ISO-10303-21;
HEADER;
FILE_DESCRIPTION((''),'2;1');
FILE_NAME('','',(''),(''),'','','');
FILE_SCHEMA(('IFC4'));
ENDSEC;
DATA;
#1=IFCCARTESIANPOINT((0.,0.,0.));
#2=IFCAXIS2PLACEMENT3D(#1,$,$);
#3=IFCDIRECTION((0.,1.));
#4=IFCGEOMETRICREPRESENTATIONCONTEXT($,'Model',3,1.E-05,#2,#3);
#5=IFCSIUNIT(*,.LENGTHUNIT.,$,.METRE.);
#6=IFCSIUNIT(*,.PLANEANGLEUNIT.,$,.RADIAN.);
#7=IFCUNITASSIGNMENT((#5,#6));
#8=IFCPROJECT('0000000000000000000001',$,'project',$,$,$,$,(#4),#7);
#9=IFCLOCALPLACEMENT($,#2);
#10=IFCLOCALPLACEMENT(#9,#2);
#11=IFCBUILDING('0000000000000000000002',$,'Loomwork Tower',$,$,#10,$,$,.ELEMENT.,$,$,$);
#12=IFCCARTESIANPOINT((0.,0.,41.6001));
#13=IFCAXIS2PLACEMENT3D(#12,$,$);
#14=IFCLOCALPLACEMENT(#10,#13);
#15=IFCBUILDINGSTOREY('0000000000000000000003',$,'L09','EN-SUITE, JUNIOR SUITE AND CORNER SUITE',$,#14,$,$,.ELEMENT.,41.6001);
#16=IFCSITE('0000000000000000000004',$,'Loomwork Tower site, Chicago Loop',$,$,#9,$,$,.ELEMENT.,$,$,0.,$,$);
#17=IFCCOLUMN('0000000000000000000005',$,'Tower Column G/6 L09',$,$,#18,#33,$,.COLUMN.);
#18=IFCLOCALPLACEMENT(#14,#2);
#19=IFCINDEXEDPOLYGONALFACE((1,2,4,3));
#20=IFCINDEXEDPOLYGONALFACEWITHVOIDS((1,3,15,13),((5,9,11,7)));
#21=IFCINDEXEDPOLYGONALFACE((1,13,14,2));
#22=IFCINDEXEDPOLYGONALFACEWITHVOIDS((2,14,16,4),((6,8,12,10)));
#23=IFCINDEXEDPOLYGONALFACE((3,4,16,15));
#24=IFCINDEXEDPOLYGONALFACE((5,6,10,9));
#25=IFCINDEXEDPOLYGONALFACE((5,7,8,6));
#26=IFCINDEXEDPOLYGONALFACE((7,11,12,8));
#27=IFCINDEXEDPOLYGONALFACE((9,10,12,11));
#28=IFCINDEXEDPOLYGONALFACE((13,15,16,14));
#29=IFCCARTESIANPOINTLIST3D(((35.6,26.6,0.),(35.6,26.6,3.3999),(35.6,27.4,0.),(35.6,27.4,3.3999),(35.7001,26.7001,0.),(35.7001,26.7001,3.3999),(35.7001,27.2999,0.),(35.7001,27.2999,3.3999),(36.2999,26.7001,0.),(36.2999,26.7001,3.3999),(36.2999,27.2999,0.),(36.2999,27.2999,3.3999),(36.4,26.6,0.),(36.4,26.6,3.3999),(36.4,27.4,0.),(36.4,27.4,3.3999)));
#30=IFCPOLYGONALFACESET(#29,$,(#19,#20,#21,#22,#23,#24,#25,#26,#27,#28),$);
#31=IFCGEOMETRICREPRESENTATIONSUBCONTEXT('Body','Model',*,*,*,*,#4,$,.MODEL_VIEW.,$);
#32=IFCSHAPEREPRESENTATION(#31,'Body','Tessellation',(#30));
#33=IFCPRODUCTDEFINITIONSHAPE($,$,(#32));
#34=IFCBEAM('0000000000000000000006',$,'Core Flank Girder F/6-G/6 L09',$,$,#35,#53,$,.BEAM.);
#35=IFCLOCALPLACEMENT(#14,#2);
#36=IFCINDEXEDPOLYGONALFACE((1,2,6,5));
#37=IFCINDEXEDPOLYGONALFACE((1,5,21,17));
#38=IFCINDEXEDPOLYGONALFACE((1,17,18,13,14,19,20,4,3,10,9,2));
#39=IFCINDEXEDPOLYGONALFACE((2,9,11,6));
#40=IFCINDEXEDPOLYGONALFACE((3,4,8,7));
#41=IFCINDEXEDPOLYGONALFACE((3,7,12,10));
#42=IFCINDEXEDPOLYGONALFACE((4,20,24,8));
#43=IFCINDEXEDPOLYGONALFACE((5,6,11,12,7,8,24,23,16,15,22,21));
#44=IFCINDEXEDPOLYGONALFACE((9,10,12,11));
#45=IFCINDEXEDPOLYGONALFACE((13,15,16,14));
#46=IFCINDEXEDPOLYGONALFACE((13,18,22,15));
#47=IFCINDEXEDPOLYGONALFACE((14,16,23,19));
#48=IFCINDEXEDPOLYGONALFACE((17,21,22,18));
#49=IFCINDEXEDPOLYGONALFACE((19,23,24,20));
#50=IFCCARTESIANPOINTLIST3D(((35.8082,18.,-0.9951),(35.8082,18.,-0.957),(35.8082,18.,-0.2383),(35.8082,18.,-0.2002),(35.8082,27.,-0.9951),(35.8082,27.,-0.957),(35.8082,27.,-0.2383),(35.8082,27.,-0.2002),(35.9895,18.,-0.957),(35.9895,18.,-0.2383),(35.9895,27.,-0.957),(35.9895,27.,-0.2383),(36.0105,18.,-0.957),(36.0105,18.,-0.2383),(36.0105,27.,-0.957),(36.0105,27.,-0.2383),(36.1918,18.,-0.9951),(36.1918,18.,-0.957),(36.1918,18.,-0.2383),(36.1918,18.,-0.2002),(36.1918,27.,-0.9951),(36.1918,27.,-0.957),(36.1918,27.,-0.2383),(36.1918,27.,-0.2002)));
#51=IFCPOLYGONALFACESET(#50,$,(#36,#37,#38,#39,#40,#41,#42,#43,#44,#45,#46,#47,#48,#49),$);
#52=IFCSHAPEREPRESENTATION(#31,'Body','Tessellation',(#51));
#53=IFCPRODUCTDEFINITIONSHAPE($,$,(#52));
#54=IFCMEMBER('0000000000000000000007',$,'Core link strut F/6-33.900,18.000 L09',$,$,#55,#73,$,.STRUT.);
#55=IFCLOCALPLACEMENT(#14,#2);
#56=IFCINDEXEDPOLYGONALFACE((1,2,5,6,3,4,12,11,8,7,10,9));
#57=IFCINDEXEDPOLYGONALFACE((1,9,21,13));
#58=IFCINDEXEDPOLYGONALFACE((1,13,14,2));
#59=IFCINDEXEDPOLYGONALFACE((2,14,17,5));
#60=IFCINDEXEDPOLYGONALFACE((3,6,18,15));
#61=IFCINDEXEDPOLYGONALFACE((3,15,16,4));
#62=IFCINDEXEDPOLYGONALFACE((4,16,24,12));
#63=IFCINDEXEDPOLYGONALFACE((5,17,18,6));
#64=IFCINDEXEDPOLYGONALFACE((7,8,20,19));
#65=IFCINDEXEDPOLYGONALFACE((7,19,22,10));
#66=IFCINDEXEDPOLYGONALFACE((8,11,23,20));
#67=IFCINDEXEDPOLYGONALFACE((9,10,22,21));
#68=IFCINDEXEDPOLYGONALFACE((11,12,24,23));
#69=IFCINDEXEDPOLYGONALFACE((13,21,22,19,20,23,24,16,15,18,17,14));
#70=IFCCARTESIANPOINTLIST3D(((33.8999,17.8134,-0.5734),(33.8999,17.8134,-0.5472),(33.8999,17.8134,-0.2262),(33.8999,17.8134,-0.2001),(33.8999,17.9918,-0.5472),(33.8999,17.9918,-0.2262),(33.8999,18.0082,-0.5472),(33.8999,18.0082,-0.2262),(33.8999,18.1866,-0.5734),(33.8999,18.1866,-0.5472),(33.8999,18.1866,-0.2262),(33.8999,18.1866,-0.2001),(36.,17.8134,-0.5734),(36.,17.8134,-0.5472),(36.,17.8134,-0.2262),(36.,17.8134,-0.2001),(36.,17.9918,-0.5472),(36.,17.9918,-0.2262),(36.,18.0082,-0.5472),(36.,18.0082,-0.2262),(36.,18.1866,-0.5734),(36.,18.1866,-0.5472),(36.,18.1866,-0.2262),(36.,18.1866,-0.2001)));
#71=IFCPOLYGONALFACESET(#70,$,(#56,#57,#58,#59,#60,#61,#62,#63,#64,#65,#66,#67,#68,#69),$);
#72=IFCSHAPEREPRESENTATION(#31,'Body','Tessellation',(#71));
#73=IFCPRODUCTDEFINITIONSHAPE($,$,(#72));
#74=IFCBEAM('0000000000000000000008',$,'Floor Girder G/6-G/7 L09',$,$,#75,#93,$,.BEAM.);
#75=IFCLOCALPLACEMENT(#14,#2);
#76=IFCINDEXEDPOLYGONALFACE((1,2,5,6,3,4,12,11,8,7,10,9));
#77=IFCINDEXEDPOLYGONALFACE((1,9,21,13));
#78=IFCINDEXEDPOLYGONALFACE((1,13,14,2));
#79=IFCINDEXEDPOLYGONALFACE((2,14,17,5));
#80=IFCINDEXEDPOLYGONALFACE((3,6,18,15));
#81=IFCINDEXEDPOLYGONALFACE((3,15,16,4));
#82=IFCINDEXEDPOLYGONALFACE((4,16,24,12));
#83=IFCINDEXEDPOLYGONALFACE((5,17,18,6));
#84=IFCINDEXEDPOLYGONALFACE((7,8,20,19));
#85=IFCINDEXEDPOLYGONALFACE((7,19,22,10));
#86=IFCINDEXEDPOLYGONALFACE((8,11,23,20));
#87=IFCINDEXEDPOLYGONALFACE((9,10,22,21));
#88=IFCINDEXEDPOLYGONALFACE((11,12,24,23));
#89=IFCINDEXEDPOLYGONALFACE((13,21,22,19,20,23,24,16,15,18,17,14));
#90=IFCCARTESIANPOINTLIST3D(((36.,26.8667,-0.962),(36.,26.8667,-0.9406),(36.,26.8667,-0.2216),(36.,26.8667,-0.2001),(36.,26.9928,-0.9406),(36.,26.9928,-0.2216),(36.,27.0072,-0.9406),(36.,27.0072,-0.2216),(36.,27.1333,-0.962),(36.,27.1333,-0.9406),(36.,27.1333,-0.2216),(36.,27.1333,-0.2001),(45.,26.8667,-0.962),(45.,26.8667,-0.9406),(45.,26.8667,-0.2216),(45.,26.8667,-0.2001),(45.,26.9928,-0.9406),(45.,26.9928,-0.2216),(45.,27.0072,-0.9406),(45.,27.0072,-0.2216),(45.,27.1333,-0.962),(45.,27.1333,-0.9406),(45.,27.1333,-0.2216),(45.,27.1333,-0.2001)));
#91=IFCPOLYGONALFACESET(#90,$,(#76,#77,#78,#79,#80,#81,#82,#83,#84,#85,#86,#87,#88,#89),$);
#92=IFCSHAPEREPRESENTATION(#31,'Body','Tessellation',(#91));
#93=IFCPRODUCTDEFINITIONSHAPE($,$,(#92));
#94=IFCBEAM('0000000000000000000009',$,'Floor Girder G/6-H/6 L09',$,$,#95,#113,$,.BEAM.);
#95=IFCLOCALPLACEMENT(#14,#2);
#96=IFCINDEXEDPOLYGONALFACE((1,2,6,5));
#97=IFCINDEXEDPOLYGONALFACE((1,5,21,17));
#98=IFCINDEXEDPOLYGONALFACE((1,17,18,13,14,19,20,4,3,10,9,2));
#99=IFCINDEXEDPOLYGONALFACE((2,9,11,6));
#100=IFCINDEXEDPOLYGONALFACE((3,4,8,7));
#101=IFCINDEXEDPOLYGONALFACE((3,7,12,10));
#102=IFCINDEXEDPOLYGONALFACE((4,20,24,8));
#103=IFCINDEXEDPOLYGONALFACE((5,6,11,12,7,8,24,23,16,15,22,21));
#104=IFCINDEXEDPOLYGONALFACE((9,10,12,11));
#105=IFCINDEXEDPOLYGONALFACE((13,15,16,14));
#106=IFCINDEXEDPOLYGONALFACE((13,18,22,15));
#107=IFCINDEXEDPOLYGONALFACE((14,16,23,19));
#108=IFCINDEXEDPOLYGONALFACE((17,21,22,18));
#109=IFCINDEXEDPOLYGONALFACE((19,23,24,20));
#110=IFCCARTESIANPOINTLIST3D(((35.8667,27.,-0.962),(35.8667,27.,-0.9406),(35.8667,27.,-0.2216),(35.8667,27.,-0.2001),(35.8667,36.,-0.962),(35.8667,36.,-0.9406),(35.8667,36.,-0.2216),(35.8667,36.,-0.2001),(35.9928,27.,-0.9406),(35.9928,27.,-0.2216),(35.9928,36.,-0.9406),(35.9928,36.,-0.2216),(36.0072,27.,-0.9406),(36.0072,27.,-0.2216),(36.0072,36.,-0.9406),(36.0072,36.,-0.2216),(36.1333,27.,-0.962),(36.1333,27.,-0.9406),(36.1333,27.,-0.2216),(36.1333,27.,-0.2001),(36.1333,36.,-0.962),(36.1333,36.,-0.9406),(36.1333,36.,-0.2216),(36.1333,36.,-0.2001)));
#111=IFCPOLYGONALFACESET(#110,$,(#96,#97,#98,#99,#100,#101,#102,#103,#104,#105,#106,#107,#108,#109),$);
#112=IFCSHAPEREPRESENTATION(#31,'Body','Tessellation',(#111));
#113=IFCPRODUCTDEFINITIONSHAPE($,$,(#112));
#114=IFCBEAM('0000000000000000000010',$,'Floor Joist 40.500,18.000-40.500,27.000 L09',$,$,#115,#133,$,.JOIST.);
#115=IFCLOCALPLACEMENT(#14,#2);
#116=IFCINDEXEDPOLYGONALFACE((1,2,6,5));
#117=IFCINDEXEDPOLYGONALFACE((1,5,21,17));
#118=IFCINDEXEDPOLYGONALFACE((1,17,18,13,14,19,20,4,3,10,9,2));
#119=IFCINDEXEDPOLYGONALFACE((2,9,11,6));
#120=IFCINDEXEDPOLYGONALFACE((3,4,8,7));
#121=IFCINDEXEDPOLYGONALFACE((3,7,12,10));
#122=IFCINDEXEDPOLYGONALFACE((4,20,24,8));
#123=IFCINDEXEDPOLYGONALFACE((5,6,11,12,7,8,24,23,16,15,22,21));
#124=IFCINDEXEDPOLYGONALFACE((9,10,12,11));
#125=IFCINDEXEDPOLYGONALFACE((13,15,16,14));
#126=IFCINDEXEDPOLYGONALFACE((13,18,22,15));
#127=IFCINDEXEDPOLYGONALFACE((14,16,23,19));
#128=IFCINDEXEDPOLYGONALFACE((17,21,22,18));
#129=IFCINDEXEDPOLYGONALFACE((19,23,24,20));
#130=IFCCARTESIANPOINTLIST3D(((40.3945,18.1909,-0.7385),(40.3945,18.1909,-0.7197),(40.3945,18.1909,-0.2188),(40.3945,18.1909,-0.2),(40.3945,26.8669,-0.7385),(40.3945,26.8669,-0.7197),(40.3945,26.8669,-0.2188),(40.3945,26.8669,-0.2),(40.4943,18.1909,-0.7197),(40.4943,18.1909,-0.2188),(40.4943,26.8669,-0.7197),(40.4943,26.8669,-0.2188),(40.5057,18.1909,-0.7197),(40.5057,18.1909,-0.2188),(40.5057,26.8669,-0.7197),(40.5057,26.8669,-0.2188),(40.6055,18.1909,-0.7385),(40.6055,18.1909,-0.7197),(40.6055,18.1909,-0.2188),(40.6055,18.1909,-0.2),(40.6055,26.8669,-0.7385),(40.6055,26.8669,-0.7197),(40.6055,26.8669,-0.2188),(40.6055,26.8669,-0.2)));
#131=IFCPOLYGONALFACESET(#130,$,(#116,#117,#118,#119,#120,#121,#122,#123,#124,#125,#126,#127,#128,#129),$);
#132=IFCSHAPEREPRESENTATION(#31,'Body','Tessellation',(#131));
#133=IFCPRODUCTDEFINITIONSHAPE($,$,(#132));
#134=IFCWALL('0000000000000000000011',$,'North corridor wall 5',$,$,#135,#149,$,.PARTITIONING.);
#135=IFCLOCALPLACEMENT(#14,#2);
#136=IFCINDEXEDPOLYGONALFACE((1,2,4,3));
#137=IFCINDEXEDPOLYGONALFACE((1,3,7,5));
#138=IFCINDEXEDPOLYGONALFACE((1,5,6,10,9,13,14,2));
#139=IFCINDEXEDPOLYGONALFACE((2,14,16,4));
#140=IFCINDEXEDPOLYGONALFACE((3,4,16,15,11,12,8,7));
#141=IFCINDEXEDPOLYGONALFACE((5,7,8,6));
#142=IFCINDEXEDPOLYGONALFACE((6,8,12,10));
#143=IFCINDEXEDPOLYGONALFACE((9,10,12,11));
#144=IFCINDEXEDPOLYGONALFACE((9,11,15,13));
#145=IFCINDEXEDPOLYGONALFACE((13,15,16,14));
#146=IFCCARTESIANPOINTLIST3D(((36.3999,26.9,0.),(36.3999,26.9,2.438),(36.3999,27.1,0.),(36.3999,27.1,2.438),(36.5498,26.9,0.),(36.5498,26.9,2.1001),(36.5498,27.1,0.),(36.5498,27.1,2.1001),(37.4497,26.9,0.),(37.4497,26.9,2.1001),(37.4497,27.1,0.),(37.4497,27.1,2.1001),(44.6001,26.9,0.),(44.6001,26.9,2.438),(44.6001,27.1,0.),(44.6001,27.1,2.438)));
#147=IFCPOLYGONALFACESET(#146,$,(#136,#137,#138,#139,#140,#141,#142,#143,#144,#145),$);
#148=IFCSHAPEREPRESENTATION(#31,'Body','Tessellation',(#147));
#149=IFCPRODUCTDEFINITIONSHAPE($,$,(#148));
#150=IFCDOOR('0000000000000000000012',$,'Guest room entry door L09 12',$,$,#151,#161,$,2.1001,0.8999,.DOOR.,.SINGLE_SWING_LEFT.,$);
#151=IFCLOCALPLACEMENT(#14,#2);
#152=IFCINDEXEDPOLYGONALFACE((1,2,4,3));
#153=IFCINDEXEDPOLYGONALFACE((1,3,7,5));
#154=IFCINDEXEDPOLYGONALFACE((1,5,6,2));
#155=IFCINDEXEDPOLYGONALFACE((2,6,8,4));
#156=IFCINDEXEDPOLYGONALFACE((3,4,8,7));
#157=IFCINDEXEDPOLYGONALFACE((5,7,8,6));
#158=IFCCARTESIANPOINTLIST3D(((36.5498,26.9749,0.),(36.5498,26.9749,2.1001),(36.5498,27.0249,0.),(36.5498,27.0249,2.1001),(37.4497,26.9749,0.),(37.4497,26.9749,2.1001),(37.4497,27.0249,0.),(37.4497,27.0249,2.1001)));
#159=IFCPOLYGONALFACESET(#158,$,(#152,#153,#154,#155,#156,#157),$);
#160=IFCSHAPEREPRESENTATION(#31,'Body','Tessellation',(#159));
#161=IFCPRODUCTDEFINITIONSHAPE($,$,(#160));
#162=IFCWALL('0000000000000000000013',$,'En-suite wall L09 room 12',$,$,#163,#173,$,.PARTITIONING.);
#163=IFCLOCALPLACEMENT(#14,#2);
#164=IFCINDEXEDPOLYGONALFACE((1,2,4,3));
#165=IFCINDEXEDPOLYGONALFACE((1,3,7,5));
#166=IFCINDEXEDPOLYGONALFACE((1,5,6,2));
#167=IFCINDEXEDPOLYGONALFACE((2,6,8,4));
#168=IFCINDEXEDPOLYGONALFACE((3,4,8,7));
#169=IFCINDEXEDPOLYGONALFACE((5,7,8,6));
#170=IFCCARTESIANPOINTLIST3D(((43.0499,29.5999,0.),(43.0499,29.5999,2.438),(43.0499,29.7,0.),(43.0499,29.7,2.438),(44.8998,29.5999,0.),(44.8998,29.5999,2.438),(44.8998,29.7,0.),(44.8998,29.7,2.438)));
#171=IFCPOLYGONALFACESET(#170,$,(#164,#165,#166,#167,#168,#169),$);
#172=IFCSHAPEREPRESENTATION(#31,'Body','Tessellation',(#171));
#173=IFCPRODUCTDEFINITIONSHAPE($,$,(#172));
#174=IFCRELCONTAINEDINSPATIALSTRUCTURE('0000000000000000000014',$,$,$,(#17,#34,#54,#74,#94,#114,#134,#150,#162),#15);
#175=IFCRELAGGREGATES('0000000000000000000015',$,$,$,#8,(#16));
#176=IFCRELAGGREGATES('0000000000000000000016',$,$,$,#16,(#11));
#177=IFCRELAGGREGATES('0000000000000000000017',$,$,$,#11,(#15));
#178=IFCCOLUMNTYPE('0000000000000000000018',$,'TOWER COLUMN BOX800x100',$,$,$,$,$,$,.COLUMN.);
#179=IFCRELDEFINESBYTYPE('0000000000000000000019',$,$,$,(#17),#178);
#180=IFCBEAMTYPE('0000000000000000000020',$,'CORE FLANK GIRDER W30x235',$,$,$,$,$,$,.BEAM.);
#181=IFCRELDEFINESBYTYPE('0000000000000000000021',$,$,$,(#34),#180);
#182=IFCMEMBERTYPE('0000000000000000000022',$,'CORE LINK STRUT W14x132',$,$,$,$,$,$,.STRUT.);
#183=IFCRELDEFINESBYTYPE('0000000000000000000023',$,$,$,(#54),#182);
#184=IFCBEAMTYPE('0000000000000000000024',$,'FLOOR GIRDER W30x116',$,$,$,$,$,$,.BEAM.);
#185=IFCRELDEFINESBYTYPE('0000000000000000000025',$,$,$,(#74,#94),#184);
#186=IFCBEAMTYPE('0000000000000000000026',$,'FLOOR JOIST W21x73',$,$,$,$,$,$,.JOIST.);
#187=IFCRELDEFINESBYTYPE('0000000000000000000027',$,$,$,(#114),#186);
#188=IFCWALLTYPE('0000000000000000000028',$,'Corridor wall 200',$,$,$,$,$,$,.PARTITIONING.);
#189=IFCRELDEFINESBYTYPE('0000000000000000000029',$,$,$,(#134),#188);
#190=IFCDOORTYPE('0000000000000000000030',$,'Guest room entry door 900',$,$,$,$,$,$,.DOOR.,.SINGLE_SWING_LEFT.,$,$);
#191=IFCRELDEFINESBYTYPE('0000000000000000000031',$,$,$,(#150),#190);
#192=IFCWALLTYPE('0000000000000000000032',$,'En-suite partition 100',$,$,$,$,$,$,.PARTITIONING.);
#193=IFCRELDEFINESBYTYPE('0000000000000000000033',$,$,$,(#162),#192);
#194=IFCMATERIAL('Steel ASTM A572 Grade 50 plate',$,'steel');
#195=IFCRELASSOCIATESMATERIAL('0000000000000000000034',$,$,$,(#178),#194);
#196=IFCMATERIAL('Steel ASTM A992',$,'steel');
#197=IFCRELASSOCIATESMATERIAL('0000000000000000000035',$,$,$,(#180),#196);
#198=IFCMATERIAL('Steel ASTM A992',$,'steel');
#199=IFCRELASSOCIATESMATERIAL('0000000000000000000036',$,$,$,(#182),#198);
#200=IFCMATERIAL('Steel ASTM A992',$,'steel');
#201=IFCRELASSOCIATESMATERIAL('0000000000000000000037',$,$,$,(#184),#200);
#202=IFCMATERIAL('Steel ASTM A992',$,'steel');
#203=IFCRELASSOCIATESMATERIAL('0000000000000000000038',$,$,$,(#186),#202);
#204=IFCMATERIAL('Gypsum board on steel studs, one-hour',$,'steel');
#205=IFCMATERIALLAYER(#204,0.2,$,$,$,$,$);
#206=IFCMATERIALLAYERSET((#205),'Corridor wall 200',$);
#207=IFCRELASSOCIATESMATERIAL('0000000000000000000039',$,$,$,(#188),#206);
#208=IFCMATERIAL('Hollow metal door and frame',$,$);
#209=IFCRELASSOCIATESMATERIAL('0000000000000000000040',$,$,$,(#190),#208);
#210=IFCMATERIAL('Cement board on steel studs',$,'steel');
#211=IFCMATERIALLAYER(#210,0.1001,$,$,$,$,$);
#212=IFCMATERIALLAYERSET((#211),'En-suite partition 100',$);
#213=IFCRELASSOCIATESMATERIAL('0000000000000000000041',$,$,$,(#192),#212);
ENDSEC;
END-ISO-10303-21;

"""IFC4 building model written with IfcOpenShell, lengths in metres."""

from ifc_helpers import new_model, si_unit, direction, frame, frame_2d, origin, origin_2d, place, context, subcontext, project, spatial, rectangle, hollow_rectangle, i_section, extrude, material, layer, layer_set, material_profile, profile_set, type_object, element, fill, save


model = new_model("IFC4")

# Units and contexts
model_context = context("Model", 3, precision=1e-05, world=origin(), true_north=direction((0.0, 1.0)))
body_context = subcontext(model_context, "Body", "Model", "MODEL_VIEW")
ifc_project = project(units=[si_unit("LENGTHUNIT", "METRE"), si_unit("PLANEANGLEUNIT", "RADIAN")], contexts=[model_context])

# Site, building, storey
site_placement = place(None, origin())
site = spatial("IfcSite", under=ifc_project, at=site_placement, Name="Loomwork Tower site, Chicago Loop", CompositionType="ELEMENT", RefElevation=0.0)
building_placement = place(site_placement, origin())
building = spatial("IfcBuilding", under=site, at=building_placement, Name="Loomwork Tower", CompositionType="ELEMENT")
storey_placement = place(building_placement, frame((0.0, 0.0, 41.6001)))
storey = spatial("IfcBuildingStorey", under=building, at=storey_placement, Name="L09", Description="EN-SUITE, JUNIOR SUITE AND CORNER SUITE", CompositionType="ELEMENT", Elevation=41.6001)

# Column
ifc_material_1 = material(Name="Steel ASTM A572 Grade 50 plate", Category="steel")
ifc_material_profile_1 = material_profile(ifc_material_1, hollow_rectangle(XDim=0.8, YDim=0.8, WallThickness=0.1001, at=origin_2d()), Name="BOX800x100")
ifc_profile_set_1 = profile_set([ifc_material_profile_1], Name="Steel ASTM A572 Grade 50 plate")
column_type = type_object("IfcColumnType", Name="TOWER COLUMN BOX800x100", PredefinedType="COLUMN", material=ifc_profile_set_1)
column_placement = place(storey_placement, frame((36.0, 27.0, 0.0), z_axis=(0.0, 0.0, 1.0), x_axis=(1.0, 0.0, 0.0)))
element("IfcColumn", 1, at=column_placement, inside=storey, type_object=column_type, Name="Tower Column G/6 L09", PredefinedType="COLUMN", context=body_context, shape_type="SweptSolid", body=[
    extrude(hollow_rectangle(XDim=0.8, YDim=0.8, WallThickness=0.1001, at=origin_2d()), origin(), (0.0, 0.0, 1.0), 3.3999),
])

# Beam
ifc_material_2 = material(Name="Steel ASTM A992", Category="steel")
ifc_material_profile_2 = material_profile(ifc_material_2, i_section(OverallWidth=0.3835, OverallDepth=0.7949, WebThickness=0.021, FlangeThickness=0.0381, at=origin_2d()), Name="W30x235")
ifc_profile_set_2 = profile_set([ifc_material_profile_2], Name="Steel ASTM A992")
beam_type_1 = type_object("IfcBeamType", Name="CORE FLANK GIRDER W30x235", PredefinedType="BEAM", material=ifc_profile_set_2)
beam_1_placement = place(storey_placement, frame((36.0, 18.0, -0.5977), z_axis=(0.0, 1.0, 0.0), x_axis=(-1.0, 0.0, 0.0)))
element("IfcBeam", 2, at=beam_1_placement, inside=storey, type_object=beam_type_1, Name="Core Flank Girder F/6-G/6 L09", PredefinedType="BEAM", context=body_context, shape_type="SweptSolid", body=[
    extrude(i_section(OverallWidth=0.3835, OverallDepth=0.7949, WebThickness=0.021, FlangeThickness=0.0381, at=origin_2d()), origin(), (0.0, 0.0, 1.0), 9.0),
])

# Member
ifc_material_3 = material(Name="Steel ASTM A992", Category="steel")
ifc_material_profile_3 = material_profile(ifc_material_3, i_section(OverallWidth=0.3733, OverallDepth=0.3733, WebThickness=0.0164, FlangeThickness=0.0261, at=origin_2d()), Name="W14x132")
ifc_profile_set_3 = profile_set([ifc_material_profile_3], Name="Steel ASTM A992")
member_type = type_object("IfcMemberType", Name="CORE LINK STRUT W14x132", PredefinedType="STRUT", material=ifc_profile_set_3)
member_placement = place(storey_placement, frame((36.0, 18.0, -0.3867), z_axis=(-1.0, 0.0, 0.0), x_axis=(0.0, -1.0, 0.0)))
element("IfcMember", 3, at=member_placement, inside=storey, type_object=member_type, Name="Core link strut F/6-33.900,18.000 L09", PredefinedType="STRUT", context=body_context, shape_type="SweptSolid", body=[
    extrude(i_section(OverallWidth=0.3733, OverallDepth=0.3733, WebThickness=0.0164, FlangeThickness=0.0261, at=origin_2d()), origin(), (0.0, 0.0, 1.0), 2.1001),
])

# Beams
ifc_material_4 = material(Name="Steel ASTM A992", Category="steel")
ifc_material_profile_4 = material_profile(ifc_material_4, i_section(OverallWidth=0.2666, OverallDepth=0.762, WebThickness=0.0144, FlangeThickness=0.0215, at=origin_2d()), Name="W30x116")
ifc_profile_set_4 = profile_set([ifc_material_profile_4], Name="Steel ASTM A992")
beam_type_2 = type_object("IfcBeamType", Name="FLOOR GIRDER W30x116", PredefinedType="BEAM", material=ifc_profile_set_4)
for number, where, z_axis, x_axis, name in (
    (4, (36.0, 27.0, -0.5811), (1.0, 0.0, 0.0), (0.0, 1.0, 0.0), "Floor Girder G/6-G/7 L09"),
    (5, (36.0, 27.0, -0.5811), (0.0, 1.0, 0.0), (-1.0, 0.0, 0.0), "Floor Girder G/6-H/6 L09"),
):
    element("IfcBeam", number, at=place(storey_placement, frame(where, z_axis=z_axis, x_axis=x_axis)), inside=storey, type_object=beam_type_2, Name=name, PredefinedType="BEAM", context=body_context, shape_type="SweptSolid", body=[
        extrude(i_section(OverallWidth=0.2666, OverallDepth=0.762, WebThickness=0.0144, FlangeThickness=0.0215, at=origin_2d()), origin(), (0.0, 0.0, 1.0), 9.0),
    ])
ifc_material_5 = material(Name="Steel ASTM A992", Category="steel")
ifc_material_profile_5 = material_profile(ifc_material_5, i_section(OverallWidth=0.2109, OverallDepth=0.5386, WebThickness=0.0115, FlangeThickness=0.0188, at=origin_2d()), Name="W21x73")
ifc_profile_set_5 = profile_set([ifc_material_profile_5], Name="Steel ASTM A992")
beam_type_3 = type_object("IfcBeamType", Name="FLOOR JOIST W21x73", PredefinedType="JOIST", material=ifc_profile_set_5)
beam_2_placement = place(storey_placement, frame((40.5, 18.1909, -0.4692), z_axis=(0.0, 1.0, 0.0), x_axis=(-1.0, 0.0, 0.0)))
element("IfcBeam", 6, at=beam_2_placement, inside=storey, type_object=beam_type_3, Name="Floor Joist 40.500,18.000-40.500,27.000 L09", PredefinedType="JOIST", context=body_context, shape_type="SweptSolid", body=[
    extrude(i_section(OverallWidth=0.2109, OverallDepth=0.5386, WebThickness=0.0115, FlangeThickness=0.0188, at=origin_2d()), origin(), (0.0, 0.0, 1.0), 8.676),
])

# Wall, opening, door
ifc_material_6 = material(Name="Gypsum board on steel studs, one-hour", Category="steel")
ifc_layer_1 = layer(ifc_material_6, 0.2)
ifc_layer_set_1 = layer_set([ifc_layer_1], Name="Corridor wall 200")
wall_type_1 = type_object("IfcWallType", Name="Corridor wall 200", PredefinedType="PARTITIONING", material=ifc_layer_set_1)
wall_1_placement = place(storey_placement, frame((36.3999, 27.0, 0.0), z_axis=(0.0, 0.0, 1.0), x_axis=(1.0, 0.0, 0.0)))
wall_1 = element("IfcWall", 7, at=wall_1_placement, inside=storey, type_object=wall_type_1, Name="North corridor wall 5", PredefinedType="PARTITIONING", context=body_context, shape_type="SweptSolid", body=[
    extrude(rectangle(XDim=8.2002, YDim=0.2, at=frame_2d((4.1001, 0.0))), origin(), (0.0, 0.0, 1.0), 2.438),
])
opening_1_placement = place(wall_1_placement, frame((0.1499, 0.0, 0.0)))
opening_1 = element("IfcOpeningElement", 8, at=opening_1_placement, cuts=wall_1, PredefinedType="OPENING", context=body_context, shape_type="SweptSolid", body=[
    extrude(rectangle(XDim=0.8999, YDim=2.1001, at=frame_2d((0.45, 1.05))), frame((0.0, 0.1099, 0.0), z_axis=(0.0, -1.0, 0.0), x_axis=(1.0, 0.0, 0.0)), (0.0, 0.0, 1.0), 0.22),
])
ifc_material_7 = material(Name="Hollow metal door and frame")
door_type_1 = type_object("IfcDoorType", Name="Guest room entry door 900", OperationType="SINGLE_SWING_LEFT", PredefinedType="DOOR", material=ifc_material_7)
door_1_placement = place(opening_1_placement, origin())
door_1 = element("IfcDoor", 9, at=door_1_placement, inside=storey, type_object=door_type_1, Name="Guest room entry door L09 12", OperationType="SINGLE_SWING_LEFT", OverallHeight=2.1001, OverallWidth=0.8999, PredefinedType="DOOR", context=body_context, shape_type="SweptSolid", body=[
    extrude(rectangle(XDim=0.8999, YDim=2.1001, at=frame_2d((0.45, 1.05))), frame((0.0, 0.0249, 0.0), z_axis=(0.0, -1.0, 0.0), x_axis=(1.0, 0.0, 0.0)), (0.0, 0.0, 1.0), 0.05),
])
fill(opening_1, door_1)

# Wall
ifc_material_8 = material(Name="Cement board on steel studs", Category="steel")
ifc_layer_2 = layer(ifc_material_8, 0.1001)
ifc_layer_set_2 = layer_set([ifc_layer_2], Name="En-suite partition 100")
wall_type_2 = type_object("IfcWallType", Name="En-suite partition 100", PredefinedType="PARTITIONING", material=ifc_layer_set_2)
wall_2_placement = place(storey_placement, frame((43.05, 29.6499, 0.0), z_axis=(0.0, 0.0, 1.0), x_axis=(1.0, 0.0, 0.0)))
element("IfcWall", 10, at=wall_2_placement, inside=storey, type_object=wall_type_2, Name="En-suite wall L09 room 12", PredefinedType="PARTITIONING", context=body_context, shape_type="SweptSolid", body=[
    extrude(rectangle(XDim=1.8499, YDim=0.1001, at=frame_2d((0.9248, 0.0))), origin(), (0.0, 0.0, 1.0), 2.438),
])

save(model, "model.ifc")
